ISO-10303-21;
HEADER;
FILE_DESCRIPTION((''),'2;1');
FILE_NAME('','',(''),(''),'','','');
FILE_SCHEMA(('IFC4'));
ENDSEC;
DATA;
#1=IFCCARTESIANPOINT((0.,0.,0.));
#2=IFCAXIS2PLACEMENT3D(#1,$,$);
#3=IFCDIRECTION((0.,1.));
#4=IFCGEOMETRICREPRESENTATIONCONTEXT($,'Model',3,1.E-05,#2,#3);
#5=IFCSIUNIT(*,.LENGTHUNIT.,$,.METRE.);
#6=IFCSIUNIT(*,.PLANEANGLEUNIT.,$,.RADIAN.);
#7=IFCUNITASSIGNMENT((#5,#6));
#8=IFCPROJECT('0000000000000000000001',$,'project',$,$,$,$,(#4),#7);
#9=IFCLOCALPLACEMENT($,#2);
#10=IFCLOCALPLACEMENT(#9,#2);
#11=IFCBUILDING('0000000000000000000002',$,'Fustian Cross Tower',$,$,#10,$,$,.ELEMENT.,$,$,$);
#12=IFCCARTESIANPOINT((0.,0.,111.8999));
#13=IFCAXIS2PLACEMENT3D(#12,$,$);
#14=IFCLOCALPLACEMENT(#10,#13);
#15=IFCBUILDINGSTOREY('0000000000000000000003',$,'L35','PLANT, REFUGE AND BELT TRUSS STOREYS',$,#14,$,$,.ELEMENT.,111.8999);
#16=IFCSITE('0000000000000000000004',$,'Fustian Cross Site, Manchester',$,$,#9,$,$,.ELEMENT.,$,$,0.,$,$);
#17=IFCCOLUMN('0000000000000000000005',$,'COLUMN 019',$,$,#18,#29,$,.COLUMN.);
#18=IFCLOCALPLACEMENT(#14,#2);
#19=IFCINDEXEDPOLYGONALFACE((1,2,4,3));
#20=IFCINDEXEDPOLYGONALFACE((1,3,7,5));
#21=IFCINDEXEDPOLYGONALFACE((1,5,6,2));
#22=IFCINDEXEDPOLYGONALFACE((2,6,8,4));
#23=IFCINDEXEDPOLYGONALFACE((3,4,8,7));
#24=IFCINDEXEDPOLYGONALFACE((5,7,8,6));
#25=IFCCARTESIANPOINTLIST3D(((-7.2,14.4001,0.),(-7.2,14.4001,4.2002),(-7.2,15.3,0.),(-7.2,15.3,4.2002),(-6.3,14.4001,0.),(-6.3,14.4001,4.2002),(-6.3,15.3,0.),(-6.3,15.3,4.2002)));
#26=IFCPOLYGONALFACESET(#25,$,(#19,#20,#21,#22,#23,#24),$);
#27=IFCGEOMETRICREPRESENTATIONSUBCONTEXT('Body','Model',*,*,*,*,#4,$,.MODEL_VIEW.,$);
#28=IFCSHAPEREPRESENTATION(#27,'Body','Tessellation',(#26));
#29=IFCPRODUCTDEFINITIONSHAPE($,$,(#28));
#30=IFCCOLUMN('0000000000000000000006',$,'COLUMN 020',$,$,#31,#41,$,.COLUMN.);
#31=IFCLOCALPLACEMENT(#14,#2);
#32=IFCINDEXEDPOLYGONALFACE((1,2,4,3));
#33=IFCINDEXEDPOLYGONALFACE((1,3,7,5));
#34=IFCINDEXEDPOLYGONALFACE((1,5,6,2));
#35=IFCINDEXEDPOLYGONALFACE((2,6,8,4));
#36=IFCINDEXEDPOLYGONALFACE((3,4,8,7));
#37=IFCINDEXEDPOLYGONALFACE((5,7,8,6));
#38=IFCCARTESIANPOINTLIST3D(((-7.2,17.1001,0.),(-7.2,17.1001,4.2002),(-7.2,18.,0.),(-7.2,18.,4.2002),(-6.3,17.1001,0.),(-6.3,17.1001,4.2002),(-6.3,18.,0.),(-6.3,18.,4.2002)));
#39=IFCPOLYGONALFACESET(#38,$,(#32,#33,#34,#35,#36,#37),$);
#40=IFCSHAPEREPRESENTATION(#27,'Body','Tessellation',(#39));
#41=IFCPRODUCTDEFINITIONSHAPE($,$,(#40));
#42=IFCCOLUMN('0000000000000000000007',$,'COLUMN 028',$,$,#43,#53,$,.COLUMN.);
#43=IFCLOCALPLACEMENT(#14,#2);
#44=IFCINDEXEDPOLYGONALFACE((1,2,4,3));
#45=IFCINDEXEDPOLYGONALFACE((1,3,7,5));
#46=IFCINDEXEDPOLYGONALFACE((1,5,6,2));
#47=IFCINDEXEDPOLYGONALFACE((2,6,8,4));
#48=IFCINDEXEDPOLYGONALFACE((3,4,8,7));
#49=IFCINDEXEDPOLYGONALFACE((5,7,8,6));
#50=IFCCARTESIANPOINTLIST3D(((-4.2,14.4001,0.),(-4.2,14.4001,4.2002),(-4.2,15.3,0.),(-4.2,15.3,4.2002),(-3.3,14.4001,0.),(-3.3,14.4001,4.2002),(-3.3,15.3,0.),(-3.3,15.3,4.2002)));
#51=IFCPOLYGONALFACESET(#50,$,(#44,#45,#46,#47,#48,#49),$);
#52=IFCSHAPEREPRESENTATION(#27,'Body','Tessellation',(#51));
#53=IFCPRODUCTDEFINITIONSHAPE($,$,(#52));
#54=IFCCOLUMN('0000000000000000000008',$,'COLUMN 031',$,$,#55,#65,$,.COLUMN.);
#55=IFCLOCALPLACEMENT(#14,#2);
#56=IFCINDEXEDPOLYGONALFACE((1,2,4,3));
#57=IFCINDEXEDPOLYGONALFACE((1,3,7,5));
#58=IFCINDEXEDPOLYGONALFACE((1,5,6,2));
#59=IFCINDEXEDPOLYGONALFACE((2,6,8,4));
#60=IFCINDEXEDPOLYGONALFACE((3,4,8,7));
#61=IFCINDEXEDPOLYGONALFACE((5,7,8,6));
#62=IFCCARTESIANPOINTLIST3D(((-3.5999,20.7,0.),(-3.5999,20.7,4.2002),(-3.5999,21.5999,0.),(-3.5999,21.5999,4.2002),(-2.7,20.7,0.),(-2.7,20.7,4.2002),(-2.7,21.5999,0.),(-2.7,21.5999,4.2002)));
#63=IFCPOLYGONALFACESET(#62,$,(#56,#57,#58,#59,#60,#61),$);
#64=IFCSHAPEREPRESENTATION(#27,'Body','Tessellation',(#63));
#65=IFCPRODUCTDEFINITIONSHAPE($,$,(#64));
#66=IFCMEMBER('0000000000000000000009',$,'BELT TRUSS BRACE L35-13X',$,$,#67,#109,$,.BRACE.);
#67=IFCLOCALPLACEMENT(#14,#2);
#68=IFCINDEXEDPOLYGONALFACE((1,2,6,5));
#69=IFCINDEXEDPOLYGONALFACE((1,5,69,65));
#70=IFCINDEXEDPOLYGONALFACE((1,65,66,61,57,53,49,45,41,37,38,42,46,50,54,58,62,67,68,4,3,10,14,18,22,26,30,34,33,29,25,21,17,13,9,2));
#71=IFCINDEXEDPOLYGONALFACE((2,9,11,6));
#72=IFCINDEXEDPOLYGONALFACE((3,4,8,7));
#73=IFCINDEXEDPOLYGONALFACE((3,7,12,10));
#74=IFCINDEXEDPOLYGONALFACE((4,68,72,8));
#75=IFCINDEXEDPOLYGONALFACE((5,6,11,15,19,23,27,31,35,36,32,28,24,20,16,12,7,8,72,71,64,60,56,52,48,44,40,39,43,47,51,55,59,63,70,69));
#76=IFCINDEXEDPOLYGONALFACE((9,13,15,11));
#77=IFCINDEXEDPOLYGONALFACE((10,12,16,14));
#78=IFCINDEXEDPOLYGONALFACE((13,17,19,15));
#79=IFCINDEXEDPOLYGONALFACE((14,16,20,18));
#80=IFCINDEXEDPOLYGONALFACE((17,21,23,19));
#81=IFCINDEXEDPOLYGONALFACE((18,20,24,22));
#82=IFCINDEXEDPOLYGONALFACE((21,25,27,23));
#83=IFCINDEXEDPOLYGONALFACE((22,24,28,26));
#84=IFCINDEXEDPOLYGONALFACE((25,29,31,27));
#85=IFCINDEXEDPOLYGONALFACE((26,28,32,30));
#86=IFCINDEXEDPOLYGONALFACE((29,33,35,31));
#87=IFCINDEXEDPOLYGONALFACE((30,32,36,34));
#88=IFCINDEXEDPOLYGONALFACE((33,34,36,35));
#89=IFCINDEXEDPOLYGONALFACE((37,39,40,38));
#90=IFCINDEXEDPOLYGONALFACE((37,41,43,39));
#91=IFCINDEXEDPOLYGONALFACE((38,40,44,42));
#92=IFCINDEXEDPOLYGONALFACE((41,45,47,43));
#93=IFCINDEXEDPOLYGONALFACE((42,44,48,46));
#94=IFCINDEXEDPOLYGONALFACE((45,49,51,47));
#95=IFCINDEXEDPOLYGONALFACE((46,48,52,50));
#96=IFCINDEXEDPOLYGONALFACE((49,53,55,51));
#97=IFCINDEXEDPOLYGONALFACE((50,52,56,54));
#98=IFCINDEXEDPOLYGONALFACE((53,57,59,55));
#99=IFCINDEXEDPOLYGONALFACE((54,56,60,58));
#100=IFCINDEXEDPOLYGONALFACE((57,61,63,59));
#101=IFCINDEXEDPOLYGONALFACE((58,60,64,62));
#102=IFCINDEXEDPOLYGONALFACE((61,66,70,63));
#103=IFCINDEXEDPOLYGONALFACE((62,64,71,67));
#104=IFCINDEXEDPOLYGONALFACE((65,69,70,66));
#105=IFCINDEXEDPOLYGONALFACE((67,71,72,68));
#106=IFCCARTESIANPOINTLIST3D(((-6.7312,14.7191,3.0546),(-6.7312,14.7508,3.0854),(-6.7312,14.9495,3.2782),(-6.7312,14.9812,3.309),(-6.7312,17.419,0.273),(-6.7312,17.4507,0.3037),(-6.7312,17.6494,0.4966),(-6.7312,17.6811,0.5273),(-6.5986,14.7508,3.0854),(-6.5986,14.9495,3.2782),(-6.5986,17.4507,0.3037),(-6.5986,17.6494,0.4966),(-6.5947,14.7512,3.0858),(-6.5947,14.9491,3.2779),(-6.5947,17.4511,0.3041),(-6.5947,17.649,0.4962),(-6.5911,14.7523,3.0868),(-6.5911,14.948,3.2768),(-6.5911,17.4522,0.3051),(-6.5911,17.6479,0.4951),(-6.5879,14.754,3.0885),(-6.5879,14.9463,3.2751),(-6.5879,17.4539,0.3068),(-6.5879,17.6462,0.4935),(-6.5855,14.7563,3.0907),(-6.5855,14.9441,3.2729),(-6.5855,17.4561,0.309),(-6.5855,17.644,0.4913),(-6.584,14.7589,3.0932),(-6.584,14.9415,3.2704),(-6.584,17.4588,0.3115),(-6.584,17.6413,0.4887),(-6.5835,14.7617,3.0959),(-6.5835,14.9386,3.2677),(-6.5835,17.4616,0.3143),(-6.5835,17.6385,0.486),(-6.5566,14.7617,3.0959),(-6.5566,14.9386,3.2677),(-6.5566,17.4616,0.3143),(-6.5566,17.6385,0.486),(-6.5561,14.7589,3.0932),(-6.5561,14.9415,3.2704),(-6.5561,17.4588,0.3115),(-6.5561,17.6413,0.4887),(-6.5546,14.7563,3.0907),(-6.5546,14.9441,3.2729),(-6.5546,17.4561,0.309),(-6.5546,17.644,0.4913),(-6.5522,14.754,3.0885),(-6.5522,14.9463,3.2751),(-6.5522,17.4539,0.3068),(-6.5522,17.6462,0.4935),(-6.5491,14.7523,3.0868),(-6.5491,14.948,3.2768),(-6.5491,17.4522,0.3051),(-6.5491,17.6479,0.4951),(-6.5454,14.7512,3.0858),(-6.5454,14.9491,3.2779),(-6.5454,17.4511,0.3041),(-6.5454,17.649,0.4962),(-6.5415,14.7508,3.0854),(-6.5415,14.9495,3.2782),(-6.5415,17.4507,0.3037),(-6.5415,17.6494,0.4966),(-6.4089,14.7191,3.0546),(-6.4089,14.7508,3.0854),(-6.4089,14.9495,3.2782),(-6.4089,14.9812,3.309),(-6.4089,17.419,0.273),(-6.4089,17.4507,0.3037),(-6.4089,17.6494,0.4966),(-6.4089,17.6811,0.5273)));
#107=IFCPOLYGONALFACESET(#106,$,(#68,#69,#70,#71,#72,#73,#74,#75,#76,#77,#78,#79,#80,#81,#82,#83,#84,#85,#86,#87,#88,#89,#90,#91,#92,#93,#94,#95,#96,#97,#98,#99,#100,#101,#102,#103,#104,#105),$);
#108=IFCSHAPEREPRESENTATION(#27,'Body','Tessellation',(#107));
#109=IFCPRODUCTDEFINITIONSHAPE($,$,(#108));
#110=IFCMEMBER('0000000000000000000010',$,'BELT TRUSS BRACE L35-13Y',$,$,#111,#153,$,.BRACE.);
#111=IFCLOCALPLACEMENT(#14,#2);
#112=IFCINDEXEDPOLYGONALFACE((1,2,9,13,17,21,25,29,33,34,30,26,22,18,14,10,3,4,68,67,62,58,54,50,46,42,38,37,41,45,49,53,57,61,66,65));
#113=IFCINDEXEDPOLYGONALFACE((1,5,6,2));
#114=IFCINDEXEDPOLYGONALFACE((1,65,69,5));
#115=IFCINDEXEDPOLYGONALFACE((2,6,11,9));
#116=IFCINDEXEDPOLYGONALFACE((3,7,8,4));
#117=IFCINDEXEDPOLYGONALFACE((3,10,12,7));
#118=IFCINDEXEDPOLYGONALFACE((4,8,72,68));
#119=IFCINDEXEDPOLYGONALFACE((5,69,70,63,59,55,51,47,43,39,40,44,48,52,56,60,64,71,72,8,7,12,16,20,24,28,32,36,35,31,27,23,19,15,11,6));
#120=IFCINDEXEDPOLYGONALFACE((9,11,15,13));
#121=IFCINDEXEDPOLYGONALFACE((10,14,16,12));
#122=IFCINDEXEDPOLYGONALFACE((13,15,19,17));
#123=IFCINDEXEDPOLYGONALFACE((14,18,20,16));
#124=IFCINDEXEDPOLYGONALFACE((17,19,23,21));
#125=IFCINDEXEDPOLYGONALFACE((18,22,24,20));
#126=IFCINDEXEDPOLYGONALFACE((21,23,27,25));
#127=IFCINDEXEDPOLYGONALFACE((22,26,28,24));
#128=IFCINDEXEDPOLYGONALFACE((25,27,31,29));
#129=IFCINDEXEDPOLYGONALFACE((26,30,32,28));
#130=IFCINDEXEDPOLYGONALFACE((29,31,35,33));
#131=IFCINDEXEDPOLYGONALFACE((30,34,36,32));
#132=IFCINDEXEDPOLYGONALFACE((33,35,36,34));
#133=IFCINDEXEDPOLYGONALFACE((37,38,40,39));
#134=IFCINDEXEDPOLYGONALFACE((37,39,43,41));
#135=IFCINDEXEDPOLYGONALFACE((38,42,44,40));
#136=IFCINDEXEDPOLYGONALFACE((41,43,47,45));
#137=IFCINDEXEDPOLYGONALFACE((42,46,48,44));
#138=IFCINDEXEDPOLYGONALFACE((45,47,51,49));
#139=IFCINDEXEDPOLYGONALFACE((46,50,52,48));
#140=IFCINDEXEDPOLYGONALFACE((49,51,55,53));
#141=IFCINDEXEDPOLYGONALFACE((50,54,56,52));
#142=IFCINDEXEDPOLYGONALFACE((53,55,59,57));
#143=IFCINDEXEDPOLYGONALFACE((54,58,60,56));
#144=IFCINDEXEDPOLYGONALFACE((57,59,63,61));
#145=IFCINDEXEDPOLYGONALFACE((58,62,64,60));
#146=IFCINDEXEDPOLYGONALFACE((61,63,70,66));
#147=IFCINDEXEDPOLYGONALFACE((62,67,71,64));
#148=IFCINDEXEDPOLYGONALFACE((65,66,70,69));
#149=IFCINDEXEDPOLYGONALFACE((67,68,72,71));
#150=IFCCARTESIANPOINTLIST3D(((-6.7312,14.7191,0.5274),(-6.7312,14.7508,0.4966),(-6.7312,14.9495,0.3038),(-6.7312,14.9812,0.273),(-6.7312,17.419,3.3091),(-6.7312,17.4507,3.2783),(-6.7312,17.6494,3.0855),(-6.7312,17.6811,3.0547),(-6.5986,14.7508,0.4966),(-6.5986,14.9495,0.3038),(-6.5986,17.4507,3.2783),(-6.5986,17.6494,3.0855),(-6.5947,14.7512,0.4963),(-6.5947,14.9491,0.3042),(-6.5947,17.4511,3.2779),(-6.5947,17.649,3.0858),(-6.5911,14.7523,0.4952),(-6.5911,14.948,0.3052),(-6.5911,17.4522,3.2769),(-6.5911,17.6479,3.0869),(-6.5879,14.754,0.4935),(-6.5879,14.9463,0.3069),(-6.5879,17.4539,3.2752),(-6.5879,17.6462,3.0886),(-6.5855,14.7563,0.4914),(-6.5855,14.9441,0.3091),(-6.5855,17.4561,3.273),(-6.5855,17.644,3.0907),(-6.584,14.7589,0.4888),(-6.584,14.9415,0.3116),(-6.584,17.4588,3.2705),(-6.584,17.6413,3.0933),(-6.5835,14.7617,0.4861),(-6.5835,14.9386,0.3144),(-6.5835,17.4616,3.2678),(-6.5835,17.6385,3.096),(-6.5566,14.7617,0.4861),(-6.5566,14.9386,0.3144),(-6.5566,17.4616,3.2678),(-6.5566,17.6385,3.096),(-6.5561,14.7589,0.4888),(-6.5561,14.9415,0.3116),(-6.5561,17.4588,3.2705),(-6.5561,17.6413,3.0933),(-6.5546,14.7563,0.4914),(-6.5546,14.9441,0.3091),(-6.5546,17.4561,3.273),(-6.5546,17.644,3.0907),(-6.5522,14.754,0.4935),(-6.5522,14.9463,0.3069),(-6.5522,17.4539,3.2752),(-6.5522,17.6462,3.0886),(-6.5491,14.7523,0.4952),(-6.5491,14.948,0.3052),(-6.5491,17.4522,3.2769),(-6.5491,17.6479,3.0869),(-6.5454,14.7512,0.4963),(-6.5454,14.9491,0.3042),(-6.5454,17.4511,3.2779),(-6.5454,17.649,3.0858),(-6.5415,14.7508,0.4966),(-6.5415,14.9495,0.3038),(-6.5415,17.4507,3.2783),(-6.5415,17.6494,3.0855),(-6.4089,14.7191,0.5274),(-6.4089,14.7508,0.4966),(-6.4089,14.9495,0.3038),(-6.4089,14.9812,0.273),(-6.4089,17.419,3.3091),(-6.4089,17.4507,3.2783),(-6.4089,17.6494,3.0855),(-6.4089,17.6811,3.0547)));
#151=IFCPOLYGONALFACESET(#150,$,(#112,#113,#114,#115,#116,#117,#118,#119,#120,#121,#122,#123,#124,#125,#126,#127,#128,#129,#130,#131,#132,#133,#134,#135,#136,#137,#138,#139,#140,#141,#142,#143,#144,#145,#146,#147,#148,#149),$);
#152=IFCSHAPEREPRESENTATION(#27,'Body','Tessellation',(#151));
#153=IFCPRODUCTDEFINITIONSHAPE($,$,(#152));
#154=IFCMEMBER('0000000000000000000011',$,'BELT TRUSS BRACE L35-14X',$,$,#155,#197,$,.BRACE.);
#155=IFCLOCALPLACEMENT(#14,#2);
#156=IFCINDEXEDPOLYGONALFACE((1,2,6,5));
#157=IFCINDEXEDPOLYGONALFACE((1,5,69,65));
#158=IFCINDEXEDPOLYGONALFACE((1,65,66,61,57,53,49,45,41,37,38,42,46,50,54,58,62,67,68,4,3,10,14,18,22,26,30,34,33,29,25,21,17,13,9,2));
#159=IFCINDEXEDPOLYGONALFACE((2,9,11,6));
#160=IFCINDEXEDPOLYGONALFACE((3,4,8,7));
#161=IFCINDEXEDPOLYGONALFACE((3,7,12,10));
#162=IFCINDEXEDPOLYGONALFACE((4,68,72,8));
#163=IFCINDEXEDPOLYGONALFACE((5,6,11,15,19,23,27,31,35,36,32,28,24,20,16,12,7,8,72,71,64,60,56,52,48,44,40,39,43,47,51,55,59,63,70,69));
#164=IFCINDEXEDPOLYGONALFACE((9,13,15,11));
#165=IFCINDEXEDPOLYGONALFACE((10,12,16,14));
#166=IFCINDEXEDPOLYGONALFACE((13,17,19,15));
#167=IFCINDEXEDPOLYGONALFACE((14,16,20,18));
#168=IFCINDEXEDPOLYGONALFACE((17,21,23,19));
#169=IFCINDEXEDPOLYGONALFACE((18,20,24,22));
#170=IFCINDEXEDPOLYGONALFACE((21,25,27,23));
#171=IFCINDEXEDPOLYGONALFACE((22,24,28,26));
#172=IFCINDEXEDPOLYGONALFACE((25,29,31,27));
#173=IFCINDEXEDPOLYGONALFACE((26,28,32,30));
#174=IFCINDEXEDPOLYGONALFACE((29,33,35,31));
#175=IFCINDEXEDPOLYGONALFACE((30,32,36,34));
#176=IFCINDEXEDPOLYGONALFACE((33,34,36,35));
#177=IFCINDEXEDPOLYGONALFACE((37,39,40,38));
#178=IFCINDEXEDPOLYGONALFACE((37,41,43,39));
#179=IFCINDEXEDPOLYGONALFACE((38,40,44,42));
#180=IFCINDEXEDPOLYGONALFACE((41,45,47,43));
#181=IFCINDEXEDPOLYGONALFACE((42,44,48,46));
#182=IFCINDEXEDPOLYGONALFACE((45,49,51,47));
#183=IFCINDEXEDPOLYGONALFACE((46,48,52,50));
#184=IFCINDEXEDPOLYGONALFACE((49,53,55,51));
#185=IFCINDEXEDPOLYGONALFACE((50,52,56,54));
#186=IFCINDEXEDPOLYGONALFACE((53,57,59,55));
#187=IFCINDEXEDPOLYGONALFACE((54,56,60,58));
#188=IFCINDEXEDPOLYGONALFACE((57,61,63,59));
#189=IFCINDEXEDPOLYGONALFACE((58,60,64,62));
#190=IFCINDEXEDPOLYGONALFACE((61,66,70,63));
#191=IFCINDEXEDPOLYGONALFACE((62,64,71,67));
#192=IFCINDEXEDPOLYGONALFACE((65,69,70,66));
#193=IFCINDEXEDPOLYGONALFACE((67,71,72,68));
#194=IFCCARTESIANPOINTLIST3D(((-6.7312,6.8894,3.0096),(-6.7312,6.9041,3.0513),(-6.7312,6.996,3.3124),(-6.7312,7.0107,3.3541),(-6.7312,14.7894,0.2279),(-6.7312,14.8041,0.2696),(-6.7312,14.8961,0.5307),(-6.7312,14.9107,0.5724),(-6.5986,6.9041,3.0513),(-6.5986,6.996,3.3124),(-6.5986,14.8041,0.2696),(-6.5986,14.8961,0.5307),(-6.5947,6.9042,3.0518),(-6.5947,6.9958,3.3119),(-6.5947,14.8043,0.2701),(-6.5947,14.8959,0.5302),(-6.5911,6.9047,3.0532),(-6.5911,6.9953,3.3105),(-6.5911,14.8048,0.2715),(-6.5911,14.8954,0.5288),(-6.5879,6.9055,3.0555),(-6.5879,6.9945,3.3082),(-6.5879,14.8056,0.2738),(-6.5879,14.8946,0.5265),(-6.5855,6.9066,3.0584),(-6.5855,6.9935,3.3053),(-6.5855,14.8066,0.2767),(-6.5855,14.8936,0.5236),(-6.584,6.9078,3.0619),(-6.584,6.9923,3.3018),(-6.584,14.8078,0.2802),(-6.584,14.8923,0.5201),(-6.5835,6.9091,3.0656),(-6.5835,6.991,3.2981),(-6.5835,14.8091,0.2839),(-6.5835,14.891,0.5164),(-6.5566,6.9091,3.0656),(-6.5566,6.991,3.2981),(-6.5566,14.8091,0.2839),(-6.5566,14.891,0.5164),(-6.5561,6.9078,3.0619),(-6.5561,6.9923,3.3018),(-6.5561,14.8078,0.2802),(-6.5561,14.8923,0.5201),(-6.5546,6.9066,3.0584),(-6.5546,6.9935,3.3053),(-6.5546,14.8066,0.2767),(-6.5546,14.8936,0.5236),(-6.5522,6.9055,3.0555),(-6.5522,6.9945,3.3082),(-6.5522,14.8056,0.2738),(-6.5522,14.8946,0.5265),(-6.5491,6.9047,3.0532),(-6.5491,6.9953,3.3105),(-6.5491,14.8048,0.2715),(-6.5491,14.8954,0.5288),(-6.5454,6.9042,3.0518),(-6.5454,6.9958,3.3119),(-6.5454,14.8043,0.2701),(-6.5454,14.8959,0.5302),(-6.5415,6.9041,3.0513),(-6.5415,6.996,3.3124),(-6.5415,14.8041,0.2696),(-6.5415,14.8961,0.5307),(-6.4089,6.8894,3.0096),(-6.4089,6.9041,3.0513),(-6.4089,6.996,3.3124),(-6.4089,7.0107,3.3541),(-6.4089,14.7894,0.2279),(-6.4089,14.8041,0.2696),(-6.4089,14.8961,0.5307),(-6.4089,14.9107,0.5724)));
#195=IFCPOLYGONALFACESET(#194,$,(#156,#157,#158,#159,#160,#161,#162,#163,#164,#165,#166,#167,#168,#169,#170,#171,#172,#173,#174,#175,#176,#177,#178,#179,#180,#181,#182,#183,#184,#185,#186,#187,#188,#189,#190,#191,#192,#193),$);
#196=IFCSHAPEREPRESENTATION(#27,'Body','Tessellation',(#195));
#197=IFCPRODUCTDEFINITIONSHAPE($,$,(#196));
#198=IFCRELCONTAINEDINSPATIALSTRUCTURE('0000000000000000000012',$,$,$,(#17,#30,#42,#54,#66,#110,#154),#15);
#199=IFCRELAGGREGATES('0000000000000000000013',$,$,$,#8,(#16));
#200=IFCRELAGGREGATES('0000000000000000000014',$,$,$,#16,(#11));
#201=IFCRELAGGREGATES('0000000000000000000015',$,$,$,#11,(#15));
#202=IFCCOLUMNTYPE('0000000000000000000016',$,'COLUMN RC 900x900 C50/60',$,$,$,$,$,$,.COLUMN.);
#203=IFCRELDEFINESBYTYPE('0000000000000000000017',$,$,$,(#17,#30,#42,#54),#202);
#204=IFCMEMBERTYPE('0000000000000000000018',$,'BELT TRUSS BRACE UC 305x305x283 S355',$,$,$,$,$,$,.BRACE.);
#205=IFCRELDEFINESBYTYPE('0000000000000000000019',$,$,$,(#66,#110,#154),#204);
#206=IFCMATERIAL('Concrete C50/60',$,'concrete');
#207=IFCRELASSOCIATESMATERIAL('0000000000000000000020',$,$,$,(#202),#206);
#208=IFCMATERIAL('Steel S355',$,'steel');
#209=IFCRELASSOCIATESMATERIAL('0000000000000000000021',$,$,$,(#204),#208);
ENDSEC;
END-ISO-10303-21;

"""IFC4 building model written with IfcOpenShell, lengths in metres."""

from ifc_helpers import new_model, si_unit, direction, frame, origin, origin_2d, place, context, subcontext, project, spatial, rectangle, i_section, extrude, material, material_profile, profile_set, type_object, element, save


model = new_model("IFC4")

# Units and contexts
model_context = context("Model", 3, precision=1e-05, world=origin(), true_north=direction((0.0, 1.0)))
body_context = subcontext(model_context, "Body", "Model", "MODEL_VIEW")
ifc_project = project(units=[si_unit("LENGTHUNIT", "METRE"), si_unit("PLANEANGLEUNIT", "RADIAN")], contexts=[model_context])

# Site, building, storey
site_placement = place(None, origin())
site = spatial("IfcSite", under=ifc_project, at=site_placement, Name="Fustian Cross Site, Manchester", CompositionType="ELEMENT", RefElevation=0.0)
building_placement = place(site_placement, origin())
building = spatial("IfcBuilding", under=site, at=building_placement, Name="Fustian Cross Tower", CompositionType="ELEMENT")
storey_placement = place(building_placement, frame((0.0, 0.0, 111.8999)))
storey = spatial("IfcBuildingStorey", under=building, at=storey_placement, Name="L35", Description="PLANT, REFUGE AND BELT TRUSS STOREYS", CompositionType="ELEMENT", Elevation=111.8999)

# Columns
ifc_material_1 = material(Name="Concrete C50/60", Category="concrete")
ifc_material_profile_1 = material_profile(ifc_material_1, rectangle(XDim=0.8999, YDim=0.8999, at=origin_2d()), Name="RC 900x900")
ifc_profile_set_1 = profile_set([ifc_material_profile_1], Name="Concrete C50/60")
column_type = type_object("IfcColumnType", Name="COLUMN RC 900x900 C50/60", PredefinedType="COLUMN", material=ifc_profile_set_1)
for number, where, z_axis, x_axis, name in (
    (1, (-6.75, 14.8501, 0.0), (0.0, 0.0, 1.0), (1.0, 0.0, 0.0), "COLUMN 019"),
    (2, (-6.75, 17.55, 0.0), (0.0, 0.0, 1.0), (1.0, 0.0, 0.0), "COLUMN 020"),
    (3, (-3.75, 14.8501, 0.0), (0.0, 0.0, 1.0), (1.0, 0.0, 0.0), "COLUMN 028"),
    (4, (-3.1499, 21.1499, 0.0), (0.0, 0.0, 1.0), (1.0, 0.0, 0.0), "COLUMN 031"),
):
    element("IfcColumn", number, at=place(storey_placement, frame(where, z_axis=z_axis, x_axis=x_axis)), inside=storey, type_object=column_type, Name=name, PredefinedType="COLUMN", context=body_context, shape_type="SweptSolid", body=[
        extrude(rectangle(XDim=0.8999, YDim=0.8999, at=origin_2d()), origin(), (0.0, 0.0, 1.0), 4.2002),
    ])

# Members
ifc_material_2 = material(Name="Steel S355", Category="steel")
ifc_material_profile_2 = material_profile(ifc_material_2, i_section(OverallWidth=0.3223, OverallDepth=0.3652, WebThickness=0.0269, FlangeThickness=0.0442, FilletRadius=0.0151, at=origin_2d()), Name="UC 305x305x283")
ifc_profile_set_2 = profile_set([ifc_material_profile_2], Name="Steel S355")
member_type_1 = type_object("IfcMemberType", Name="BELT TRUSS BRACE UC 305x305x283 S355", PredefinedType="BRACE", material=ifc_profile_set_2)
for number, where, z_axis, x_axis, name in (
    (5, (-6.5701, 17.55, 0.4001), (0.0, -0.696479, 0.717577), (1.0, 0.0, 0.0), "BELT TRUSS BRACE L35-13X"),
    (6, (-6.5701, 17.55, 3.1819), (0.0, -0.696479, -0.717577), (1.0, 0.0, 0.0), "BELT TRUSS BRACE L35-13Y"),
):
    element("IfcMember", number, at=place(storey_placement, frame(where, z_axis=z_axis, x_axis=x_axis)), inside=storey, type_object=member_type_1, Name=name, PredefinedType="BRACE", context=body_context, shape_type="SweptSolid", body=[
        extrude(i_section(OverallWidth=0.3223, OverallDepth=0.3652, WebThickness=0.0269, FlangeThickness=0.0442, FilletRadius=0.0151, at=origin_2d()), origin(), (0.0, 0.0, 1.0), 3.8765),
    ])
for number, where, z_axis, x_axis, name in (
    (7, (-6.5701, 14.8501, 0.4001), (0.0, -0.943235, 0.332125), (1.0, 0.0, 0.0), "BELT TRUSS BRACE L35-14X"),
):
    element("IfcMember", number, at=place(storey_placement, frame(where, z_axis=z_axis, x_axis=x_axis)), inside=storey, type_object=member_type_1, Name=name, PredefinedType="BRACE", context=body_context, shape_type="SweptSolid", body=[
        extrude(i_section(OverallWidth=0.3223, OverallDepth=0.3652, WebThickness=0.0269, FlangeThickness=0.0442, FilletRadius=0.0151, at=origin_2d()), origin(), (0.0, 0.0, 1.0), 8.3755),
    ])

save(model, "model.ifc")
